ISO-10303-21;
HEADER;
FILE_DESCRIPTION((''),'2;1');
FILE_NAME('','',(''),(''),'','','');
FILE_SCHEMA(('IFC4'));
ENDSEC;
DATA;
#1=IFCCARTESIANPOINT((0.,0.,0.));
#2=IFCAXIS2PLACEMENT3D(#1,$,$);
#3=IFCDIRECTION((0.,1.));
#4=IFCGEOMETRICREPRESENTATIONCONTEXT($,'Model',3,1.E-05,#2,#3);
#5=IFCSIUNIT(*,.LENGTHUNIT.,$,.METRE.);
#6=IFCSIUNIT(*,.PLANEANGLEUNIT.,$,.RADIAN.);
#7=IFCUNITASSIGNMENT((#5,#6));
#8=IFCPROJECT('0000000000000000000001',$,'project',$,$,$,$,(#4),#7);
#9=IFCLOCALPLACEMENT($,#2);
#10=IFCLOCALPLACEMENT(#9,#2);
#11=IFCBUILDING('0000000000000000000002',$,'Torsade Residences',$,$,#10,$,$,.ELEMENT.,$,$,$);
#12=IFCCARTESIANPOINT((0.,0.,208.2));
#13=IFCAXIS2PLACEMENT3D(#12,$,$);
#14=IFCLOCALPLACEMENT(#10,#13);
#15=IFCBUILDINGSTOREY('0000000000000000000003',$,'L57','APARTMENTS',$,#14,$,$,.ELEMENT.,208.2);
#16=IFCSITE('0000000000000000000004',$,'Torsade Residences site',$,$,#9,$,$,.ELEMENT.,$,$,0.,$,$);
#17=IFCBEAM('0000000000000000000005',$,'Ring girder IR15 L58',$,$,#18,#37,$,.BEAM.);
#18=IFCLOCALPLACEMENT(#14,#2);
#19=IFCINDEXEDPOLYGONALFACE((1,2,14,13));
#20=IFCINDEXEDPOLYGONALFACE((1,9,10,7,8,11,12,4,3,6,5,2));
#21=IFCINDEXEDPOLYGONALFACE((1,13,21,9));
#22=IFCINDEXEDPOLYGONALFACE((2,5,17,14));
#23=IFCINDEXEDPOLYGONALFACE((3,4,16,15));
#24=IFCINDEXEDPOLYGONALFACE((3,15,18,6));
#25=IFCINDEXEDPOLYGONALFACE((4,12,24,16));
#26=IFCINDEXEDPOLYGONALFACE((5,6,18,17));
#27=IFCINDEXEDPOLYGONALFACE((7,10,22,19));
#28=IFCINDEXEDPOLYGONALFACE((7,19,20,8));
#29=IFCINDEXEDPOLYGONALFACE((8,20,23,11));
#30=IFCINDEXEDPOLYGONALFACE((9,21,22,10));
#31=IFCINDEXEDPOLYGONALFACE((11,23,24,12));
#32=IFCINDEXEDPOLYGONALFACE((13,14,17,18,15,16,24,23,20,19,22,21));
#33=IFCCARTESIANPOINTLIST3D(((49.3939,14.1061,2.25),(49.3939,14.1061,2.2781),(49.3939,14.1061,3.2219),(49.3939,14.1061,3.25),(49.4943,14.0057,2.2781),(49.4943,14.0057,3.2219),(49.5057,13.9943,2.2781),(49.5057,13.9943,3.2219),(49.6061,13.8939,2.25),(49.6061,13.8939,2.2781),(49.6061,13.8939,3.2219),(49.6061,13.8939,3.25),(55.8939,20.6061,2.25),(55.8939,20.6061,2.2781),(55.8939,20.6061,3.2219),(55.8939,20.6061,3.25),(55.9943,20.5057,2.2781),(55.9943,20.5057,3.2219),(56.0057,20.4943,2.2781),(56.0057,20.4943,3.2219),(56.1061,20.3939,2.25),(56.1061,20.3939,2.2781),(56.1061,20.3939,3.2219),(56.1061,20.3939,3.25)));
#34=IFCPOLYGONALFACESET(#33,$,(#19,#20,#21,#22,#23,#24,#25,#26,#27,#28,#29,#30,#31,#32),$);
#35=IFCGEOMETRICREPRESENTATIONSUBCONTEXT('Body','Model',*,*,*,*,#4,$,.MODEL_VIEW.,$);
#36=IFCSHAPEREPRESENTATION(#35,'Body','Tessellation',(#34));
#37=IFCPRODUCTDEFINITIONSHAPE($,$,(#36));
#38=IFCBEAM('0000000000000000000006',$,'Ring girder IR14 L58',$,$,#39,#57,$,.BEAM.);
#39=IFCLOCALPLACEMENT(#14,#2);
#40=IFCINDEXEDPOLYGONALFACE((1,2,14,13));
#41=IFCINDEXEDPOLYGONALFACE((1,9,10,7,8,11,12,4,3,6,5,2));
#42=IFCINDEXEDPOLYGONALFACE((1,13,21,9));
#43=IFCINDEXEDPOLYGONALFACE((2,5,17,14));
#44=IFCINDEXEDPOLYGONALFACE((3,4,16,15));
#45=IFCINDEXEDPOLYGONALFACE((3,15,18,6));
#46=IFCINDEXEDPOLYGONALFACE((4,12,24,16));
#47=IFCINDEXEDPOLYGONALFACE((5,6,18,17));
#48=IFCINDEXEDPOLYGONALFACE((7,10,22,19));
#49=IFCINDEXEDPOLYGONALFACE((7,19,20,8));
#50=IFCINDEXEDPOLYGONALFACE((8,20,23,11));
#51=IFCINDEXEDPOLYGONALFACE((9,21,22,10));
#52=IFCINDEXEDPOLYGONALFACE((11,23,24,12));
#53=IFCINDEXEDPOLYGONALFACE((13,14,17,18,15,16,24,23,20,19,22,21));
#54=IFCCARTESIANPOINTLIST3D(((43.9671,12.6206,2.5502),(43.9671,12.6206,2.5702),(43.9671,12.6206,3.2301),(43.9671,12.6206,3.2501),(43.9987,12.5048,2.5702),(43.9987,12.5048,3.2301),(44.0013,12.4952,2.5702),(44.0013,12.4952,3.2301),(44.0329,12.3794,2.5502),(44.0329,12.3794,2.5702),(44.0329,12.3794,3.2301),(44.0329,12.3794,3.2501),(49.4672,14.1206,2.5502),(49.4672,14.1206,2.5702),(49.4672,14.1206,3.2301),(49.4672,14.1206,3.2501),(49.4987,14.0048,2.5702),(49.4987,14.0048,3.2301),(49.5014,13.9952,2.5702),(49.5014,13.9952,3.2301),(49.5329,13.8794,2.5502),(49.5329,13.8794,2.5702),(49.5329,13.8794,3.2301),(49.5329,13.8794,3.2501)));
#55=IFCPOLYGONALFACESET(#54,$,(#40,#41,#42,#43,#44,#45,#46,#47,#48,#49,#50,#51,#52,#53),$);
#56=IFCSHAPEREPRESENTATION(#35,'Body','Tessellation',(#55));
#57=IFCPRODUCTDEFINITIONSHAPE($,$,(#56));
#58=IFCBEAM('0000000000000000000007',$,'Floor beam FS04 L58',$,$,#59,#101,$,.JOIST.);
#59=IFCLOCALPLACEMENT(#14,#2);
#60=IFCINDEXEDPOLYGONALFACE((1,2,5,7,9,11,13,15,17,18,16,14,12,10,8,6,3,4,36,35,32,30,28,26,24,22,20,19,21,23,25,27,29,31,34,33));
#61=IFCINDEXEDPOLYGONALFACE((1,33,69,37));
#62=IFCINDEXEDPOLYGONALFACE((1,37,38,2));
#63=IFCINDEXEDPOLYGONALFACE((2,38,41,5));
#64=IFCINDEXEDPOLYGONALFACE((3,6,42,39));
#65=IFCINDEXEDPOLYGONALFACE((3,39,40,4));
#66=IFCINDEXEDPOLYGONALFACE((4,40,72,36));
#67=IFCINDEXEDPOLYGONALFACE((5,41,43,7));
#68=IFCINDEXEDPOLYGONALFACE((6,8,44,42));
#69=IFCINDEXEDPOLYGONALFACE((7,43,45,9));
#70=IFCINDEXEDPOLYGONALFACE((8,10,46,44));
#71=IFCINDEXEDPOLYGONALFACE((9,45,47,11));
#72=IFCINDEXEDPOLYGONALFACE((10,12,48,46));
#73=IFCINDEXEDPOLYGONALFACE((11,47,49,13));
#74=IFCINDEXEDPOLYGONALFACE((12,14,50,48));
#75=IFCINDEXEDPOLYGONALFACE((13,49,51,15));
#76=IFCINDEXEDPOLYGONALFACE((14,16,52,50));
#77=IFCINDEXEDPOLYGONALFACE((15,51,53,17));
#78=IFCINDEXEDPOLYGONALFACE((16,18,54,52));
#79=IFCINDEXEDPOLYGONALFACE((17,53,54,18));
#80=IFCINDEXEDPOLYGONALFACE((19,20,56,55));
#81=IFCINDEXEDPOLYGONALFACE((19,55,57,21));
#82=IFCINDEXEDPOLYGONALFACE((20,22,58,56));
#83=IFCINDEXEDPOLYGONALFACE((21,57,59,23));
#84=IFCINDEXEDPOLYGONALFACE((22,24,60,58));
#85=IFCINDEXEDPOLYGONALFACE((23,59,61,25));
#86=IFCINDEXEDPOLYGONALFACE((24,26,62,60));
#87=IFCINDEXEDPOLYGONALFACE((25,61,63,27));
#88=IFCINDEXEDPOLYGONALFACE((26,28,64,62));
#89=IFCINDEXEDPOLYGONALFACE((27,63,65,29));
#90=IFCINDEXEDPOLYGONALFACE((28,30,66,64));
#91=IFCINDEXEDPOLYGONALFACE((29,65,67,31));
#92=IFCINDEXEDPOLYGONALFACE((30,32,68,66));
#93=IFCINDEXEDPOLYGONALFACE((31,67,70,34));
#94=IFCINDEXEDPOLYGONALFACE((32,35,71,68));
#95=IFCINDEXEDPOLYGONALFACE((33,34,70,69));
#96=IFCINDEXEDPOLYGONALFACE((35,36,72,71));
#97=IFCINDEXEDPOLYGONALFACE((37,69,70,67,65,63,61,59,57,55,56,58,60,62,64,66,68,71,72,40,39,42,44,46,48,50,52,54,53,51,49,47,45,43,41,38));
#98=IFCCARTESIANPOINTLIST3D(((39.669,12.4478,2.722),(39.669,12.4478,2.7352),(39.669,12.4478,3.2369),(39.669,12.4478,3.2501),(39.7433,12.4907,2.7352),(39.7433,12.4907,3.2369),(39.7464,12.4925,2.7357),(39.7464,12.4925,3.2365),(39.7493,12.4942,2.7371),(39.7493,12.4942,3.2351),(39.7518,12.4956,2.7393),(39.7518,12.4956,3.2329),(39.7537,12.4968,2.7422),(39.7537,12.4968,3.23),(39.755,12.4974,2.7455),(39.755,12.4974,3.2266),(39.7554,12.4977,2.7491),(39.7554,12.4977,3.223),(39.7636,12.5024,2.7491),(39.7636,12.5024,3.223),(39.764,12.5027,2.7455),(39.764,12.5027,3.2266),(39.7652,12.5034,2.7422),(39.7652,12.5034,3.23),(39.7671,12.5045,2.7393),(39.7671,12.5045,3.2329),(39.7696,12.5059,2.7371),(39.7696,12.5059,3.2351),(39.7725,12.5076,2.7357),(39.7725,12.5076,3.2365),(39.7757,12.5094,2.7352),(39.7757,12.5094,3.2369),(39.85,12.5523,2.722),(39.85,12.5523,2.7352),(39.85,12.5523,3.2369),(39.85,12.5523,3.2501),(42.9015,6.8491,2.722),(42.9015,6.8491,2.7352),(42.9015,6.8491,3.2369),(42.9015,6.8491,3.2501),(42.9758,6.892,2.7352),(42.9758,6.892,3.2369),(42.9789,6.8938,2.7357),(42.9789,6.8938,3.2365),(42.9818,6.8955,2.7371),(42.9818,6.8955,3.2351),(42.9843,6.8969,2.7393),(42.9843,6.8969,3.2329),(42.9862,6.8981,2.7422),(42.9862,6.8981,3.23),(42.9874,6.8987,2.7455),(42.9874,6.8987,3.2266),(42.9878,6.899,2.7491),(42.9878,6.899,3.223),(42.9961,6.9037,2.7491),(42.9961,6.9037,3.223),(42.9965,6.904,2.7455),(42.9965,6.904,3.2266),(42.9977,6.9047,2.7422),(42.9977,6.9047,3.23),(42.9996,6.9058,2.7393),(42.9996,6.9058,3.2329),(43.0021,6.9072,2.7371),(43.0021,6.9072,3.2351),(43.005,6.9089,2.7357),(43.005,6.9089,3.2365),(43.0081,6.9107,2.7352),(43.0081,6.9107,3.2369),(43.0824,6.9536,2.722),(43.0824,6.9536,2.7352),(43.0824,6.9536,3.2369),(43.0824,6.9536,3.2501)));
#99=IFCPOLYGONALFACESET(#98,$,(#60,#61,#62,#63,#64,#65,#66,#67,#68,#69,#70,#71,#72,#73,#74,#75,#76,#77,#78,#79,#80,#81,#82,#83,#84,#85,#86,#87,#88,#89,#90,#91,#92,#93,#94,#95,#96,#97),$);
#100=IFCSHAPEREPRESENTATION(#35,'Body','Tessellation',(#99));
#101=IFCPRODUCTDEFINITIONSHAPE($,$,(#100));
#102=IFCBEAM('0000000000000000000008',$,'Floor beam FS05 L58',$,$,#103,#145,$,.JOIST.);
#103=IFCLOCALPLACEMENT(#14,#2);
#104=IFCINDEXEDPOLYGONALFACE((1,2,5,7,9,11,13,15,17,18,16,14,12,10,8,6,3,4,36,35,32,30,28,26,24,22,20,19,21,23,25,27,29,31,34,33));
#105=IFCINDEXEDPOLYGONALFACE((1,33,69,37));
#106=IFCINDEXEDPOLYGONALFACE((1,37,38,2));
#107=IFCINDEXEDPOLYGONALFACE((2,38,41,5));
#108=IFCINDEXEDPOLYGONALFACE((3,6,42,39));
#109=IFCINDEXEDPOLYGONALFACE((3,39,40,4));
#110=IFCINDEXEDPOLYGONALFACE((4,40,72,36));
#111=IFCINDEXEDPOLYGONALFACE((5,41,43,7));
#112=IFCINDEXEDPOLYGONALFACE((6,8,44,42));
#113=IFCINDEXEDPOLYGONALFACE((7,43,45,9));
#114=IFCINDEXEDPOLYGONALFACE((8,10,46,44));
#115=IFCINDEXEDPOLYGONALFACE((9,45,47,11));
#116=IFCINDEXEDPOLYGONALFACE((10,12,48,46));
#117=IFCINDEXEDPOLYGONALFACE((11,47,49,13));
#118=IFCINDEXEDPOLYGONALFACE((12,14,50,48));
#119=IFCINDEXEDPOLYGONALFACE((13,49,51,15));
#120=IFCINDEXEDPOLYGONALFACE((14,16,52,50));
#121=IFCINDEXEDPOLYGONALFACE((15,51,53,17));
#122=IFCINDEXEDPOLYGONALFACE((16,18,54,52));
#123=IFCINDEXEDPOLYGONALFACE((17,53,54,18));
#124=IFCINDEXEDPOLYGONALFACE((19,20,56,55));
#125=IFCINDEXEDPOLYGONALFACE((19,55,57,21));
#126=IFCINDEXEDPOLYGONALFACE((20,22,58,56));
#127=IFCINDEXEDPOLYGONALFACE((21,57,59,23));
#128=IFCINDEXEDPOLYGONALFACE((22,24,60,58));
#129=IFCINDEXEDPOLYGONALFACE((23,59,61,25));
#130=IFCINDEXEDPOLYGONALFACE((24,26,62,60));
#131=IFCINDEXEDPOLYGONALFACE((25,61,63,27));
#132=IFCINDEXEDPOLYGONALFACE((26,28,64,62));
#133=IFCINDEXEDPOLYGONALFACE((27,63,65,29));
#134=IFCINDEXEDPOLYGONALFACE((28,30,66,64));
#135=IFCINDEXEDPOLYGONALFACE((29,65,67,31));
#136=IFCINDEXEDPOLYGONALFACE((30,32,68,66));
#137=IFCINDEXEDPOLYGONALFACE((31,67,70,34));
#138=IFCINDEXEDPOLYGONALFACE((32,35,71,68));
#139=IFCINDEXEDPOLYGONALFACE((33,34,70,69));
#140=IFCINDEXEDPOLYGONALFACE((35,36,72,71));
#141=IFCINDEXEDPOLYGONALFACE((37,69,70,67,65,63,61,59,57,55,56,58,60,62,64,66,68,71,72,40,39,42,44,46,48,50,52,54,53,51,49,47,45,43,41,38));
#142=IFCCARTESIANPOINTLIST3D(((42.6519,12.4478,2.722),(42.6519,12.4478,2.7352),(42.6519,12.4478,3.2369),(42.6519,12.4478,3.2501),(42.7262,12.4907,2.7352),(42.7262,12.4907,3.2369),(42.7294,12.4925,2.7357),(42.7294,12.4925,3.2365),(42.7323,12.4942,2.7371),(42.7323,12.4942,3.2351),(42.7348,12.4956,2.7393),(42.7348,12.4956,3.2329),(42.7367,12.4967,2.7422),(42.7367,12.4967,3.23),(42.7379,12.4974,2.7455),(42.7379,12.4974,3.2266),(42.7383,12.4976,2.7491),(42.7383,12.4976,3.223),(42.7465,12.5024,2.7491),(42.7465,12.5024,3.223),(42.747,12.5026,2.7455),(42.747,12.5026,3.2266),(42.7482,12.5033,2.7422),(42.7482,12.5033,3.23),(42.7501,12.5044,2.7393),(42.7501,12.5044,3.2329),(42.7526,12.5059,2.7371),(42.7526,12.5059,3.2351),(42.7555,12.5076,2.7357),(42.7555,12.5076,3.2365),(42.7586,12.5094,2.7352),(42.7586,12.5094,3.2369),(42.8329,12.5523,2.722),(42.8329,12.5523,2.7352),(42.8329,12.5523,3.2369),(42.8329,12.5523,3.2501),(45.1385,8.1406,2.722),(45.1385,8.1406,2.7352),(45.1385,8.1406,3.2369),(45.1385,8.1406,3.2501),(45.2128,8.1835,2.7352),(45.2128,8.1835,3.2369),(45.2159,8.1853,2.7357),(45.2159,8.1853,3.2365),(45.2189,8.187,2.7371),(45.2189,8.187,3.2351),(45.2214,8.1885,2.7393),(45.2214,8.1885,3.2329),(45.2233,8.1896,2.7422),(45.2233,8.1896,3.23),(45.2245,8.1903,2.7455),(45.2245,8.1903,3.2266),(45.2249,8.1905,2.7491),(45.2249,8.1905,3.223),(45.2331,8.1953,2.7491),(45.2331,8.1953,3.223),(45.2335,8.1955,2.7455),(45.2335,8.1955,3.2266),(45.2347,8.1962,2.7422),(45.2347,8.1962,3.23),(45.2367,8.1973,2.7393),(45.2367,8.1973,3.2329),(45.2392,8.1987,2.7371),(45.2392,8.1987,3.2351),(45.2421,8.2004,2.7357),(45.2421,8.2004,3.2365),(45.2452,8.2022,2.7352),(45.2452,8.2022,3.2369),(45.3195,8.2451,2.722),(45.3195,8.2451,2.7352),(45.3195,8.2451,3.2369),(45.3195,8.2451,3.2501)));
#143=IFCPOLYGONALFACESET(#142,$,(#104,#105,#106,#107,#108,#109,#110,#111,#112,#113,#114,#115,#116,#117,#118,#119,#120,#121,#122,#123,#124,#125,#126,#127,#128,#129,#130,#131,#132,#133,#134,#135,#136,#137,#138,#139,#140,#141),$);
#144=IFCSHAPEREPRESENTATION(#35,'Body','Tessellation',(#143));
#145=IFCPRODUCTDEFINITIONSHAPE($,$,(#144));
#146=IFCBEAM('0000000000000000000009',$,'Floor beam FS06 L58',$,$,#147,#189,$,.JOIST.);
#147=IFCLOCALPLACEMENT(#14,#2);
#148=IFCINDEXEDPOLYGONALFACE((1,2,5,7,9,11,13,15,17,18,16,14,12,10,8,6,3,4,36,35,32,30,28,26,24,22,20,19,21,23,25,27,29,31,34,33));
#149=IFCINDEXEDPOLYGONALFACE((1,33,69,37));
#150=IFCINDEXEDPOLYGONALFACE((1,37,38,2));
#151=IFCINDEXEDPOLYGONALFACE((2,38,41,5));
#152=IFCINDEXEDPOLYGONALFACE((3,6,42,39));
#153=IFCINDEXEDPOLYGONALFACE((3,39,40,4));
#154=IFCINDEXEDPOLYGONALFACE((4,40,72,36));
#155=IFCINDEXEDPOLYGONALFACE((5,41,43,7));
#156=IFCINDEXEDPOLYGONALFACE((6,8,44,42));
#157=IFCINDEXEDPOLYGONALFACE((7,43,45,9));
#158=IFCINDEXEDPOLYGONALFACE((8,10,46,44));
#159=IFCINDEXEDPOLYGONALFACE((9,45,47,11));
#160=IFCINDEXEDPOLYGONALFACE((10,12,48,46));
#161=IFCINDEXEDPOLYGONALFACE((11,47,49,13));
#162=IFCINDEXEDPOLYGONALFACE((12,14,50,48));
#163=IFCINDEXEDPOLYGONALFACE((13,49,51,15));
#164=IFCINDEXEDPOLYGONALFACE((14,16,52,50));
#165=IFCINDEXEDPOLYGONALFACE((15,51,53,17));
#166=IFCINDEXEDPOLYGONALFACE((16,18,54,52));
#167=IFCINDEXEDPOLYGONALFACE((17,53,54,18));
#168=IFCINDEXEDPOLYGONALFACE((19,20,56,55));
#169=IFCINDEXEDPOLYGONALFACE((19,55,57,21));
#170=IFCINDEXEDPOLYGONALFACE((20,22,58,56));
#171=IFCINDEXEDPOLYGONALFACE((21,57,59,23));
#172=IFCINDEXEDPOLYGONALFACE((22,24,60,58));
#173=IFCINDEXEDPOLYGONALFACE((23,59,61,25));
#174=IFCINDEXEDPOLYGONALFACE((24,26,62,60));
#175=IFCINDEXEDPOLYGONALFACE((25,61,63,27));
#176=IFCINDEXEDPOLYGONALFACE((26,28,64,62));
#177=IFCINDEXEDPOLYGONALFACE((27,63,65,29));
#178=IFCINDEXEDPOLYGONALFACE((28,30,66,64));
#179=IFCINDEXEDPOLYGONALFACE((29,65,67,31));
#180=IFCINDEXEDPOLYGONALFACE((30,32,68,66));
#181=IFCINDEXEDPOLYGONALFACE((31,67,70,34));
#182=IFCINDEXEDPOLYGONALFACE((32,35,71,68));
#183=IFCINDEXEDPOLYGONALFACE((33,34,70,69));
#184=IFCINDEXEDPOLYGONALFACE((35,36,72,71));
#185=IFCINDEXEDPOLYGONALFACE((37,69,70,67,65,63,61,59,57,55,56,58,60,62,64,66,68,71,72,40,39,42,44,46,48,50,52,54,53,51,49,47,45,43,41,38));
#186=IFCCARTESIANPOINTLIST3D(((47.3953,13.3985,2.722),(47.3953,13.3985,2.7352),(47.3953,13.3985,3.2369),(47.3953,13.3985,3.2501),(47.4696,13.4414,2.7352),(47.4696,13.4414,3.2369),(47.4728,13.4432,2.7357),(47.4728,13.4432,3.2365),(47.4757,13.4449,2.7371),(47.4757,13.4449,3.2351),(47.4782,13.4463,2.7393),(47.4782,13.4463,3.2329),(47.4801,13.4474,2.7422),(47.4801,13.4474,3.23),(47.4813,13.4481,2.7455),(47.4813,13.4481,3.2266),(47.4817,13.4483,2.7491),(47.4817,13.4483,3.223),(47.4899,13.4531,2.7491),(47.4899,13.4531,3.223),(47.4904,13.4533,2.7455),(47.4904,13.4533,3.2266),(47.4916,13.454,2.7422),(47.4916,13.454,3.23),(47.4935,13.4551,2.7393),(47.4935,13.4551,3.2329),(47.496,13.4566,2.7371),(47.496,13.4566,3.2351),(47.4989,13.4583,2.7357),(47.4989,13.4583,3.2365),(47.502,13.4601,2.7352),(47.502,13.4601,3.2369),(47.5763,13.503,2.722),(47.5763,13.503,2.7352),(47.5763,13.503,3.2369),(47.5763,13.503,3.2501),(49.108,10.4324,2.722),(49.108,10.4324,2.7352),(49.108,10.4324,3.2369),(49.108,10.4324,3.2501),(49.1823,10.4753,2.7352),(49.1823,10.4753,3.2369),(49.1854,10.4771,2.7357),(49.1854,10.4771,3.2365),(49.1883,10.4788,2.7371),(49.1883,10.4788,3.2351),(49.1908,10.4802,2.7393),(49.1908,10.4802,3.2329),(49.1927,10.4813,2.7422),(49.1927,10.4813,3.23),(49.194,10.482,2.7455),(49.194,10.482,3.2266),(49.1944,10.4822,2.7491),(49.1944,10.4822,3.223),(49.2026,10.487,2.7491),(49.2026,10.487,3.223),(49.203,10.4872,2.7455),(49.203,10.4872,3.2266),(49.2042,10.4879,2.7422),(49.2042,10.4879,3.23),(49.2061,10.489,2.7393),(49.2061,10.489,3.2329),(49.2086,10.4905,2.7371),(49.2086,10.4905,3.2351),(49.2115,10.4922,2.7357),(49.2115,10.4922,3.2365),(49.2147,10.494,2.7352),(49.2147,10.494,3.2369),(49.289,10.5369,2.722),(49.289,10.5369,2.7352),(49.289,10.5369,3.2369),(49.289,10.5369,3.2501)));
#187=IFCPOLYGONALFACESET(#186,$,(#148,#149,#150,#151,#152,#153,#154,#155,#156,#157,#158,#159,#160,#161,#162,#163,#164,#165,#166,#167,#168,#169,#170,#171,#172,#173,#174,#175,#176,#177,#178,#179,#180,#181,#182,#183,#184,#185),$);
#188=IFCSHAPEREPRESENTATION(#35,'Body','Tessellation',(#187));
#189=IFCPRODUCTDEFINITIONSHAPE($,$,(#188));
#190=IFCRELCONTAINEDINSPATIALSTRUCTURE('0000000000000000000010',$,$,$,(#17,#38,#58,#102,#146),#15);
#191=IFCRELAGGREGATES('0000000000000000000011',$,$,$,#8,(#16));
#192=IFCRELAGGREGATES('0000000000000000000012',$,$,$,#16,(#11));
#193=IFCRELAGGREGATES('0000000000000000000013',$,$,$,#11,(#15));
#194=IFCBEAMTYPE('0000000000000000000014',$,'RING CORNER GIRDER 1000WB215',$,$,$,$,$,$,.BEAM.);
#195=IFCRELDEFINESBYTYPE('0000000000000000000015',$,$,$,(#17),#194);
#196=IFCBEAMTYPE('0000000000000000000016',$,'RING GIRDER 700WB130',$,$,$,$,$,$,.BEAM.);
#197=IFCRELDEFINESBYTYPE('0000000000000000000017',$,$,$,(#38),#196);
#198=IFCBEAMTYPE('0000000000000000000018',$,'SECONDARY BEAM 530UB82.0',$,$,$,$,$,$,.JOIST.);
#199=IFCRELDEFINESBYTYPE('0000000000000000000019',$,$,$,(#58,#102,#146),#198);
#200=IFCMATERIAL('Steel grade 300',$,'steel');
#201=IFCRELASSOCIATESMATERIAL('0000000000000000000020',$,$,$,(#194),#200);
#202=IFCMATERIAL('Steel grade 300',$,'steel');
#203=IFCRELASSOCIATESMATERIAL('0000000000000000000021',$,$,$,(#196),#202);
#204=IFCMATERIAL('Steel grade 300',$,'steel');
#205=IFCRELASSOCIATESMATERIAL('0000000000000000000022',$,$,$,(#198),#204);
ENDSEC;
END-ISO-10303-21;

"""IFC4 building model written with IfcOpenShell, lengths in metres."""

from ifc_helpers import new_model, si_unit, direction, frame, origin, origin_2d, place, context, subcontext, project, spatial, i_section, extrude, material, material_profile, profile_set, type_object, element, save


model = new_model("IFC4")

# Units and contexts
model_context = context("Model", 3, precision=1e-05, world=origin(), true_north=direction((0.0, 1.0)))
body_context = subcontext(model_context, "Body", "Model", "MODEL_VIEW")
ifc_project = project(units=[si_unit("LENGTHUNIT", "METRE"), si_unit("PLANEANGLEUNIT", "RADIAN")], contexts=[model_context])

# Site, building, storey
site_placement = place(None, origin())
site = spatial("IfcSite", under=ifc_project, at=site_placement, Name="Torsade Residences site", CompositionType="ELEMENT", RefElevation=0.0)
building_placement = place(site_placement, origin())
building = spatial("IfcBuilding", under=site, at=building_placement, Name="Torsade Residences", CompositionType="ELEMENT")
storey_placement = place(building_placement, frame((0.0, 0.0, 208.2)))
storey = spatial("IfcBuildingStorey", under=building, at=storey_placement, Name="L57", Description="APARTMENTS", CompositionType="ELEMENT", Elevation=208.2)

# Beams
ifc_material_1 = material(Name="Steel grade 300", Category="steel")
ifc_material_profile_1 = material_profile(ifc_material_1, i_section(OverallWidth=0.3, OverallDepth=1.0, WebThickness=0.0161, FlangeThickness=0.0281, at=origin_2d()), Name="1000WB215")
ifc_profile_set_1 = profile_set([ifc_material_profile_1], Name="Steel grade 300")
beam_type_1 = type_object("IfcBeamType", Name="RING CORNER GIRDER 1000WB215", PredefinedType="BEAM", material=ifc_profile_set_1)
beam_1_placement = place(storey_placement, frame((49.5, 14.0, 2.75), z_axis=(0.707107, 0.707107, 0.0), x_axis=(-0.707107, 0.707107, 0.0)))
element("IfcBeam", 1, at=beam_1_placement, inside=storey, type_object=beam_type_1, Name="Ring girder IR15 L58", PredefinedType="BEAM", context=body_context, shape_type="SweptSolid", body=[
    extrude(i_section(OverallWidth=0.3, OverallDepth=1.0, WebThickness=0.0161, FlangeThickness=0.0281, at=origin_2d()), origin(), (0.0, 0.0, 1.0), 9.1924),
])
ifc_material_2 = material(Name="Steel grade 300", Category="steel")
ifc_material_profile_2 = material_profile(ifc_material_2, i_section(OverallWidth=0.25, OverallDepth=0.7, WebThickness=0.01, FlangeThickness=0.02, at=origin_2d()), Name="700WB130")
ifc_profile_set_2 = profile_set([ifc_material_profile_2], Name="Steel grade 300")
beam_type_2 = type_object("IfcBeamType", Name="RING GIRDER 700WB130", PredefinedType="BEAM", material=ifc_profile_set_2)
beam_2_placement = place(storey_placement, frame((44.0, 12.5, 2.9001), z_axis=(0.964764, 0.263117, 0.0), x_axis=(-0.263117, 0.964764, 0.0)))
element("IfcBeam", 2, at=beam_2_placement, inside=storey, type_object=beam_type_2, Name="Ring girder IR14 L58", PredefinedType="BEAM", context=body_context, shape_type="SweptSolid", body=[
    extrude(i_section(OverallWidth=0.25, OverallDepth=0.7, WebThickness=0.01, FlangeThickness=0.02, at=origin_2d()), origin(), (0.0, 0.0, 1.0), 5.7009),
])
ifc_material_3 = material(Name="Steel grade 300", Category="steel")
ifc_material_profile_3 = material_profile(ifc_material_3, i_section(OverallWidth=0.209, OverallDepth=0.5281, WebThickness=0.0095, FlangeThickness=0.0132, FilletRadius=0.0139, at=origin_2d()), Name="530UB82.0")
ifc_profile_set_3 = profile_set([ifc_material_profile_3], Name="Steel grade 300")
beam_type_3 = type_object("IfcBeamType", Name="SECONDARY BEAM 530UB82.0", PredefinedType="JOIST", material=ifc_profile_set_3)
beam_3_placement = place(storey_placement, frame((42.9919, 6.9014, 2.9861), z_axis=(-0.500006, 0.866022, 0.0), x_axis=(-0.866022, -0.500006, 0.0)))
element("IfcBeam", 3, at=beam_3_placement, inside=storey, type_object=beam_type_3, Name="Floor beam FS04 L58", PredefinedType="JOIST", context=body_context, shape_type="SweptSolid", body=[
    extrude(i_section(OverallWidth=0.209, OverallDepth=0.5281, WebThickness=0.0095, FlangeThickness=0.0132, FilletRadius=0.0139, at=origin_2d()), origin(), (0.0, 0.0, 1.0), 6.4648),
])
beam_4_placement = place(storey_placement, frame((45.229, 8.1929, 2.9861), z_axis=(-0.499977, 0.866038, 0.0), x_axis=(-0.866038, -0.499977, 0.0)))
element("IfcBeam", 4, at=beam_4_placement, inside=storey, type_object=beam_type_3, Name="Floor beam FS05 L58", PredefinedType="JOIST", context=body_context, shape_type="SweptSolid", body=[
    extrude(i_section(OverallWidth=0.209, OverallDepth=0.5281, WebThickness=0.0095, FlangeThickness=0.0132, FilletRadius=0.0139, at=origin_2d()), origin(), (0.0, 0.0, 1.0), 4.9734),
])
beam_5_placement = place(storey_placement, frame((49.1985, 10.4846, 2.9861), z_axis=(-0.500041, 0.866002, 0.0), x_axis=(-0.866002, -0.500041, 0.0)))
element("IfcBeam", 5, at=beam_5_placement, inside=storey, type_object=beam_type_3, Name="Floor beam FS06 L58", PredefinedType="JOIST", context=body_context, shape_type="SweptSolid", body=[
    extrude(i_section(OverallWidth=0.209, OverallDepth=0.5281, WebThickness=0.0095, FlangeThickness=0.0132, FilletRadius=0.0139, at=origin_2d()), origin(), (0.0, 0.0, 1.0), 3.425),
])

save(model, "model.ifc")
